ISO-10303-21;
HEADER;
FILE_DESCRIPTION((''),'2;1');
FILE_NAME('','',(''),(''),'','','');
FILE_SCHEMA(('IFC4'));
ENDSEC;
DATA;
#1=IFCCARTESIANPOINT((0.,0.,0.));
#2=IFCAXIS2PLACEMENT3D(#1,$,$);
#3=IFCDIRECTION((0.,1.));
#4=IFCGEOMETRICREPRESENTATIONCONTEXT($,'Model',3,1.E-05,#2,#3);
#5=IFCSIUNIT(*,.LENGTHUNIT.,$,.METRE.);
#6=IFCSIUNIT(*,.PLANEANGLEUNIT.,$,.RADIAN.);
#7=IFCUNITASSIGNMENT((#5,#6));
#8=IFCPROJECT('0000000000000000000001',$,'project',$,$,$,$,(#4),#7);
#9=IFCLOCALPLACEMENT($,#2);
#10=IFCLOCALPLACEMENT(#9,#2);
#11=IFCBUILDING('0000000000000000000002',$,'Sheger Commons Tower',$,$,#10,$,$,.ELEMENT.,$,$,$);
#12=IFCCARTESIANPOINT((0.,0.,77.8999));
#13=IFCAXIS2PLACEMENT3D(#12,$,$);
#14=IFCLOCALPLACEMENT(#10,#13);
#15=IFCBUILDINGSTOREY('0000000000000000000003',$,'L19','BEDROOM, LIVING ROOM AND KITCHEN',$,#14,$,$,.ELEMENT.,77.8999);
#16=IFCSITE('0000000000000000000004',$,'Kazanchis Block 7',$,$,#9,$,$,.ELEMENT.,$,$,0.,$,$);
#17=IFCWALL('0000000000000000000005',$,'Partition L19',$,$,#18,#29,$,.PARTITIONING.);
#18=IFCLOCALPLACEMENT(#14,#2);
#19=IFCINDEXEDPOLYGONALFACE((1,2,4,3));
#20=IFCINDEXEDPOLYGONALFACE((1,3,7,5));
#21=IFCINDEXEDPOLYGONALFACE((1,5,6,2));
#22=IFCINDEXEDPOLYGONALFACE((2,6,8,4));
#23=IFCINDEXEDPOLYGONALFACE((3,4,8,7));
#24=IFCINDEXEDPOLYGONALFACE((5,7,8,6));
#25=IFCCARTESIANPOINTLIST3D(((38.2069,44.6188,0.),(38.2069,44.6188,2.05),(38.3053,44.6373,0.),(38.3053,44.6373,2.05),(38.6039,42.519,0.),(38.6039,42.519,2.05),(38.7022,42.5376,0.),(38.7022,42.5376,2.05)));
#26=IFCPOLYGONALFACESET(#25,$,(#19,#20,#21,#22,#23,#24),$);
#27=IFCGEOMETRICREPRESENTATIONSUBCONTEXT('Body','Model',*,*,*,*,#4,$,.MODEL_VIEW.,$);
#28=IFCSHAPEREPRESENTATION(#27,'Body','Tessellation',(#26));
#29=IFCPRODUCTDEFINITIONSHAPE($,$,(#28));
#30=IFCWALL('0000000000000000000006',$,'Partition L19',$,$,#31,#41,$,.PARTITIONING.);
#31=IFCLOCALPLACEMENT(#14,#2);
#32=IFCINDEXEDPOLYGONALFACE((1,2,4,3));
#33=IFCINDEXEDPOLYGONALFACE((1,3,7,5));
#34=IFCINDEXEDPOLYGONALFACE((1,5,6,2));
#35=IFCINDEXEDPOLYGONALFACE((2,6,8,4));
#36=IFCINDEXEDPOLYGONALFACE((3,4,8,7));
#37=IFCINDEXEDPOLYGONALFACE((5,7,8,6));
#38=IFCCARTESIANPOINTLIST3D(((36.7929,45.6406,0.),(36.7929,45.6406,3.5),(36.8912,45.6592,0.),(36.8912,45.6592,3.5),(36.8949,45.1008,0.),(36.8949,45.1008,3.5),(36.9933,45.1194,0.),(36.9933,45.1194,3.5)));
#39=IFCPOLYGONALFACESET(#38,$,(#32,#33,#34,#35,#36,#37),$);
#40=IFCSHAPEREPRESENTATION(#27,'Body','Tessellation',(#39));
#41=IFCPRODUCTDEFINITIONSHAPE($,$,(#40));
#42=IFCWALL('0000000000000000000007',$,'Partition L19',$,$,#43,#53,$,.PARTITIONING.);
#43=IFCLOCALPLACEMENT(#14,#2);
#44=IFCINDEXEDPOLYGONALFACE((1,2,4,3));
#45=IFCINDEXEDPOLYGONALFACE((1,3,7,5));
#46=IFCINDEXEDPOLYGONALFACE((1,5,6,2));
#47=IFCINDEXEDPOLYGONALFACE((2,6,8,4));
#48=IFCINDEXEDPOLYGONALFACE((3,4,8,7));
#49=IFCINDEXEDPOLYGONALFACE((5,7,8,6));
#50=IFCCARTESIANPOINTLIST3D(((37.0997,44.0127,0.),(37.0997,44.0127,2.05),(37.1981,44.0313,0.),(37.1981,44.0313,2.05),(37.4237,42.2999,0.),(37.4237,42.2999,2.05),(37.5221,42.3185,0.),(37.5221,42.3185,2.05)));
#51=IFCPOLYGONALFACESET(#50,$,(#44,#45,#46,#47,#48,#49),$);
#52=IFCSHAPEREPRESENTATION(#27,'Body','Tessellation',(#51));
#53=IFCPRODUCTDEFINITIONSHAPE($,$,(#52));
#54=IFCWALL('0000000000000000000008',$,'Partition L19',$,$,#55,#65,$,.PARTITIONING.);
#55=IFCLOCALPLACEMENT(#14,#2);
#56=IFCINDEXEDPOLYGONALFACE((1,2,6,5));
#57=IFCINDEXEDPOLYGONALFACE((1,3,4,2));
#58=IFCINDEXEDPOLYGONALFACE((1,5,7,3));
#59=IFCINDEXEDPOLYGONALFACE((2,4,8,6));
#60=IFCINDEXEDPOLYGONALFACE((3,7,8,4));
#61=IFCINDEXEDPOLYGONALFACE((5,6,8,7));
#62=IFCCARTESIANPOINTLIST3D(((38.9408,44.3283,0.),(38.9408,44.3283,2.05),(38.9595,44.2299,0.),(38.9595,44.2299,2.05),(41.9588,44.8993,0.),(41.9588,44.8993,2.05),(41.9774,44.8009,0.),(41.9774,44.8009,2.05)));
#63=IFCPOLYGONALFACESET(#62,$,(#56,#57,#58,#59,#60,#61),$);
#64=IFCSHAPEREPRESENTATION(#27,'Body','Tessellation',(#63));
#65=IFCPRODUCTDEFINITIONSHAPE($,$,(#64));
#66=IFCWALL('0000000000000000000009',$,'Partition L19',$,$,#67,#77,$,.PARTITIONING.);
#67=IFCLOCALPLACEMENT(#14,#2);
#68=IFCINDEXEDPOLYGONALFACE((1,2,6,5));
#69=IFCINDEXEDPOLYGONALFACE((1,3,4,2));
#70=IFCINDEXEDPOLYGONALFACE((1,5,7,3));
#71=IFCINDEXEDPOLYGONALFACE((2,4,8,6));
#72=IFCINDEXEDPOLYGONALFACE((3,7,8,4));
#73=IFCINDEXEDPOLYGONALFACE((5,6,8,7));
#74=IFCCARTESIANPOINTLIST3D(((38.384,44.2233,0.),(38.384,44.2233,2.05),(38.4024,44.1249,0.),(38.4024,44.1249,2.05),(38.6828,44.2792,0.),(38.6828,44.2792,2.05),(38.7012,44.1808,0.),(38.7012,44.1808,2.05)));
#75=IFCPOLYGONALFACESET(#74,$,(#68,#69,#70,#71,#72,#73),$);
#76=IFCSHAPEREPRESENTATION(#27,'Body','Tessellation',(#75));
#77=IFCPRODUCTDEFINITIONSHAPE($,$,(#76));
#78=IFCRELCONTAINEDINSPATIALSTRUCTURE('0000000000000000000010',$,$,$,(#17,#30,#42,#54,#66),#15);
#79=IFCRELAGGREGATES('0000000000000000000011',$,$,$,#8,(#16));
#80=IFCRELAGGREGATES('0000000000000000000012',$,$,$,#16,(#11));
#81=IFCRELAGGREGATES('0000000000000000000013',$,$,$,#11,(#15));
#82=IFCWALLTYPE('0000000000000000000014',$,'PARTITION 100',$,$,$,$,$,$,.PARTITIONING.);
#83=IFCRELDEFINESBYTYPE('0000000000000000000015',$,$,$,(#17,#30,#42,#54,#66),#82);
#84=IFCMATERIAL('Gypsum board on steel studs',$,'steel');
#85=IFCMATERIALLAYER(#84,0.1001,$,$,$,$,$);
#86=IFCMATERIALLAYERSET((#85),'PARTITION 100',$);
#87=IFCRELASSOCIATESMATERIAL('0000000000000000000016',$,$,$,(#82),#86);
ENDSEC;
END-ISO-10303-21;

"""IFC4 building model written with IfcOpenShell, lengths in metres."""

from ifc_helpers import new_model, si_unit, direction, frame, frame_2d, origin, place, context, subcontext, project, spatial, rectangle, extrude, material, layer, layer_set, type_object, element, save


model = new_model("IFC4")

# Units and contexts
model_context = context("Model", 3, precision=1e-05, world=origin(), true_north=direction((0.0, 1.0)))
body_context = subcontext(model_context, "Body", "Model", "MODEL_VIEW")
ifc_project = project(units=[si_unit("LENGTHUNIT", "METRE"), si_unit("PLANEANGLEUNIT", "RADIAN")], contexts=[model_context])

# Site, building, storey
site_placement = place(None, origin())
site = spatial("IfcSite", under=ifc_project, at=site_placement, Name="Kazanchis Block 7", CompositionType="ELEMENT", RefElevation=0.0)
building_placement = place(site_placement, origin())
building = spatial("IfcBuilding", under=site, at=building_placement, Name="Sheger Commons Tower", CompositionType="ELEMENT")
storey_placement = place(building_placement, frame((0.0, 0.0, 77.8999)))
storey = spatial("IfcBuildingStorey", under=building, at=storey_placement, Name="L19", Description="BEDROOM, LIVING ROOM AND KITCHEN", CompositionType="ELEMENT", Elevation=77.8999)

# Walls
ifc_material_1 = material(Name="Gypsum board on steel studs", Category="steel")
ifc_layer_1 = layer(ifc_material_1, 0.1001)
ifc_layer_set_1 = layer_set([ifc_layer_1], Name="PARTITION 100")
wall_type_1 = type_object("IfcWallType", Name="PARTITION 100", PredefinedType="PARTITIONING", material=ifc_layer_set_1)
wall_1_placement = place(storey_placement, frame((38.2561, 44.6279, 0.0), z_axis=(0.0, 0.0, 1.0), x_axis=(0.185758, -0.982596, 0.0)))
element("IfcWall", 1, at=wall_1_placement, inside=storey, type_object=wall_type_1, Name="Partition L19", PredefinedType="PARTITIONING", context=body_context, shape_type="SweptSolid", body=[
    extrude(rectangle(XDim=2.137, YDim=0.1001, at=frame_2d((1.0684, 0.0))), origin(), (0.0, 0.0, 1.0), 2.05),
])
wall_2_placement = place(storey_placement, frame((36.842, 45.6499, 0.0), z_axis=(0.0, 0.0, 1.0), x_axis=(0.185764, -0.982594, 0.0)))
element("IfcWall", 2, at=wall_2_placement, inside=storey, type_object=wall_type_1, Name="Partition L19", PredefinedType="PARTITIONING", context=body_context, shape_type="SweptSolid", body=[
    extrude(rectangle(XDim=0.5493, YDim=0.1001, at=frame_2d((0.2747, 0.0))), origin(), (0.0, 0.0, 1.0), 3.5),
])
wall_3_placement = place(storey_placement, frame((37.1489, 44.022, 0.0), z_axis=(0.0, 0.0, 1.0), x_axis=(0.185844, -0.982579, 0.0)))
element("IfcWall", 3, at=wall_3_placement, inside=storey, type_object=wall_type_1, Name="Partition L19", PredefinedType="PARTITIONING", context=body_context, shape_type="SweptSolid", body=[
    extrude(rectangle(XDim=1.7432, YDim=0.1001, at=frame_2d((0.8716, 0.0))), origin(), (0.0, 0.0, 1.0), 2.05),
])
wall_4_placement = place(storey_placement, frame((41.968, 44.8501, 0.0), z_axis=(0.0, 0.0, 1.0), x_axis=(-0.982567, -0.18591, 0.0)))
element("IfcWall", 4, at=wall_4_placement, inside=storey, type_object=wall_type_1, Name="Partition L19", PredefinedType="PARTITIONING", context=body_context, shape_type="SweptSolid", body=[
    extrude(rectangle(XDim=3.0715, YDim=0.1001, at=frame_2d((1.5356, 0.0))), origin(), (0.0, 0.0, 1.0), 2.05),
])
wall_5_placement = place(storey_placement, frame((38.6919, 44.23, 0.0), z_axis=(0.0, 0.0, 1.0), x_axis=(-0.982945, -0.183901, 0.0)))
element("IfcWall", 5, at=wall_5_placement, inside=storey, type_object=wall_type_1, Name="Partition L19", PredefinedType="PARTITIONING", context=body_context, shape_type="SweptSolid", body=[
    extrude(rectangle(XDim=0.304, YDim=0.1001, at=frame_2d((0.1519, 0.0))), origin(), (0.0, 0.0, 1.0), 2.05),
])

save(model, "model.ifc")
